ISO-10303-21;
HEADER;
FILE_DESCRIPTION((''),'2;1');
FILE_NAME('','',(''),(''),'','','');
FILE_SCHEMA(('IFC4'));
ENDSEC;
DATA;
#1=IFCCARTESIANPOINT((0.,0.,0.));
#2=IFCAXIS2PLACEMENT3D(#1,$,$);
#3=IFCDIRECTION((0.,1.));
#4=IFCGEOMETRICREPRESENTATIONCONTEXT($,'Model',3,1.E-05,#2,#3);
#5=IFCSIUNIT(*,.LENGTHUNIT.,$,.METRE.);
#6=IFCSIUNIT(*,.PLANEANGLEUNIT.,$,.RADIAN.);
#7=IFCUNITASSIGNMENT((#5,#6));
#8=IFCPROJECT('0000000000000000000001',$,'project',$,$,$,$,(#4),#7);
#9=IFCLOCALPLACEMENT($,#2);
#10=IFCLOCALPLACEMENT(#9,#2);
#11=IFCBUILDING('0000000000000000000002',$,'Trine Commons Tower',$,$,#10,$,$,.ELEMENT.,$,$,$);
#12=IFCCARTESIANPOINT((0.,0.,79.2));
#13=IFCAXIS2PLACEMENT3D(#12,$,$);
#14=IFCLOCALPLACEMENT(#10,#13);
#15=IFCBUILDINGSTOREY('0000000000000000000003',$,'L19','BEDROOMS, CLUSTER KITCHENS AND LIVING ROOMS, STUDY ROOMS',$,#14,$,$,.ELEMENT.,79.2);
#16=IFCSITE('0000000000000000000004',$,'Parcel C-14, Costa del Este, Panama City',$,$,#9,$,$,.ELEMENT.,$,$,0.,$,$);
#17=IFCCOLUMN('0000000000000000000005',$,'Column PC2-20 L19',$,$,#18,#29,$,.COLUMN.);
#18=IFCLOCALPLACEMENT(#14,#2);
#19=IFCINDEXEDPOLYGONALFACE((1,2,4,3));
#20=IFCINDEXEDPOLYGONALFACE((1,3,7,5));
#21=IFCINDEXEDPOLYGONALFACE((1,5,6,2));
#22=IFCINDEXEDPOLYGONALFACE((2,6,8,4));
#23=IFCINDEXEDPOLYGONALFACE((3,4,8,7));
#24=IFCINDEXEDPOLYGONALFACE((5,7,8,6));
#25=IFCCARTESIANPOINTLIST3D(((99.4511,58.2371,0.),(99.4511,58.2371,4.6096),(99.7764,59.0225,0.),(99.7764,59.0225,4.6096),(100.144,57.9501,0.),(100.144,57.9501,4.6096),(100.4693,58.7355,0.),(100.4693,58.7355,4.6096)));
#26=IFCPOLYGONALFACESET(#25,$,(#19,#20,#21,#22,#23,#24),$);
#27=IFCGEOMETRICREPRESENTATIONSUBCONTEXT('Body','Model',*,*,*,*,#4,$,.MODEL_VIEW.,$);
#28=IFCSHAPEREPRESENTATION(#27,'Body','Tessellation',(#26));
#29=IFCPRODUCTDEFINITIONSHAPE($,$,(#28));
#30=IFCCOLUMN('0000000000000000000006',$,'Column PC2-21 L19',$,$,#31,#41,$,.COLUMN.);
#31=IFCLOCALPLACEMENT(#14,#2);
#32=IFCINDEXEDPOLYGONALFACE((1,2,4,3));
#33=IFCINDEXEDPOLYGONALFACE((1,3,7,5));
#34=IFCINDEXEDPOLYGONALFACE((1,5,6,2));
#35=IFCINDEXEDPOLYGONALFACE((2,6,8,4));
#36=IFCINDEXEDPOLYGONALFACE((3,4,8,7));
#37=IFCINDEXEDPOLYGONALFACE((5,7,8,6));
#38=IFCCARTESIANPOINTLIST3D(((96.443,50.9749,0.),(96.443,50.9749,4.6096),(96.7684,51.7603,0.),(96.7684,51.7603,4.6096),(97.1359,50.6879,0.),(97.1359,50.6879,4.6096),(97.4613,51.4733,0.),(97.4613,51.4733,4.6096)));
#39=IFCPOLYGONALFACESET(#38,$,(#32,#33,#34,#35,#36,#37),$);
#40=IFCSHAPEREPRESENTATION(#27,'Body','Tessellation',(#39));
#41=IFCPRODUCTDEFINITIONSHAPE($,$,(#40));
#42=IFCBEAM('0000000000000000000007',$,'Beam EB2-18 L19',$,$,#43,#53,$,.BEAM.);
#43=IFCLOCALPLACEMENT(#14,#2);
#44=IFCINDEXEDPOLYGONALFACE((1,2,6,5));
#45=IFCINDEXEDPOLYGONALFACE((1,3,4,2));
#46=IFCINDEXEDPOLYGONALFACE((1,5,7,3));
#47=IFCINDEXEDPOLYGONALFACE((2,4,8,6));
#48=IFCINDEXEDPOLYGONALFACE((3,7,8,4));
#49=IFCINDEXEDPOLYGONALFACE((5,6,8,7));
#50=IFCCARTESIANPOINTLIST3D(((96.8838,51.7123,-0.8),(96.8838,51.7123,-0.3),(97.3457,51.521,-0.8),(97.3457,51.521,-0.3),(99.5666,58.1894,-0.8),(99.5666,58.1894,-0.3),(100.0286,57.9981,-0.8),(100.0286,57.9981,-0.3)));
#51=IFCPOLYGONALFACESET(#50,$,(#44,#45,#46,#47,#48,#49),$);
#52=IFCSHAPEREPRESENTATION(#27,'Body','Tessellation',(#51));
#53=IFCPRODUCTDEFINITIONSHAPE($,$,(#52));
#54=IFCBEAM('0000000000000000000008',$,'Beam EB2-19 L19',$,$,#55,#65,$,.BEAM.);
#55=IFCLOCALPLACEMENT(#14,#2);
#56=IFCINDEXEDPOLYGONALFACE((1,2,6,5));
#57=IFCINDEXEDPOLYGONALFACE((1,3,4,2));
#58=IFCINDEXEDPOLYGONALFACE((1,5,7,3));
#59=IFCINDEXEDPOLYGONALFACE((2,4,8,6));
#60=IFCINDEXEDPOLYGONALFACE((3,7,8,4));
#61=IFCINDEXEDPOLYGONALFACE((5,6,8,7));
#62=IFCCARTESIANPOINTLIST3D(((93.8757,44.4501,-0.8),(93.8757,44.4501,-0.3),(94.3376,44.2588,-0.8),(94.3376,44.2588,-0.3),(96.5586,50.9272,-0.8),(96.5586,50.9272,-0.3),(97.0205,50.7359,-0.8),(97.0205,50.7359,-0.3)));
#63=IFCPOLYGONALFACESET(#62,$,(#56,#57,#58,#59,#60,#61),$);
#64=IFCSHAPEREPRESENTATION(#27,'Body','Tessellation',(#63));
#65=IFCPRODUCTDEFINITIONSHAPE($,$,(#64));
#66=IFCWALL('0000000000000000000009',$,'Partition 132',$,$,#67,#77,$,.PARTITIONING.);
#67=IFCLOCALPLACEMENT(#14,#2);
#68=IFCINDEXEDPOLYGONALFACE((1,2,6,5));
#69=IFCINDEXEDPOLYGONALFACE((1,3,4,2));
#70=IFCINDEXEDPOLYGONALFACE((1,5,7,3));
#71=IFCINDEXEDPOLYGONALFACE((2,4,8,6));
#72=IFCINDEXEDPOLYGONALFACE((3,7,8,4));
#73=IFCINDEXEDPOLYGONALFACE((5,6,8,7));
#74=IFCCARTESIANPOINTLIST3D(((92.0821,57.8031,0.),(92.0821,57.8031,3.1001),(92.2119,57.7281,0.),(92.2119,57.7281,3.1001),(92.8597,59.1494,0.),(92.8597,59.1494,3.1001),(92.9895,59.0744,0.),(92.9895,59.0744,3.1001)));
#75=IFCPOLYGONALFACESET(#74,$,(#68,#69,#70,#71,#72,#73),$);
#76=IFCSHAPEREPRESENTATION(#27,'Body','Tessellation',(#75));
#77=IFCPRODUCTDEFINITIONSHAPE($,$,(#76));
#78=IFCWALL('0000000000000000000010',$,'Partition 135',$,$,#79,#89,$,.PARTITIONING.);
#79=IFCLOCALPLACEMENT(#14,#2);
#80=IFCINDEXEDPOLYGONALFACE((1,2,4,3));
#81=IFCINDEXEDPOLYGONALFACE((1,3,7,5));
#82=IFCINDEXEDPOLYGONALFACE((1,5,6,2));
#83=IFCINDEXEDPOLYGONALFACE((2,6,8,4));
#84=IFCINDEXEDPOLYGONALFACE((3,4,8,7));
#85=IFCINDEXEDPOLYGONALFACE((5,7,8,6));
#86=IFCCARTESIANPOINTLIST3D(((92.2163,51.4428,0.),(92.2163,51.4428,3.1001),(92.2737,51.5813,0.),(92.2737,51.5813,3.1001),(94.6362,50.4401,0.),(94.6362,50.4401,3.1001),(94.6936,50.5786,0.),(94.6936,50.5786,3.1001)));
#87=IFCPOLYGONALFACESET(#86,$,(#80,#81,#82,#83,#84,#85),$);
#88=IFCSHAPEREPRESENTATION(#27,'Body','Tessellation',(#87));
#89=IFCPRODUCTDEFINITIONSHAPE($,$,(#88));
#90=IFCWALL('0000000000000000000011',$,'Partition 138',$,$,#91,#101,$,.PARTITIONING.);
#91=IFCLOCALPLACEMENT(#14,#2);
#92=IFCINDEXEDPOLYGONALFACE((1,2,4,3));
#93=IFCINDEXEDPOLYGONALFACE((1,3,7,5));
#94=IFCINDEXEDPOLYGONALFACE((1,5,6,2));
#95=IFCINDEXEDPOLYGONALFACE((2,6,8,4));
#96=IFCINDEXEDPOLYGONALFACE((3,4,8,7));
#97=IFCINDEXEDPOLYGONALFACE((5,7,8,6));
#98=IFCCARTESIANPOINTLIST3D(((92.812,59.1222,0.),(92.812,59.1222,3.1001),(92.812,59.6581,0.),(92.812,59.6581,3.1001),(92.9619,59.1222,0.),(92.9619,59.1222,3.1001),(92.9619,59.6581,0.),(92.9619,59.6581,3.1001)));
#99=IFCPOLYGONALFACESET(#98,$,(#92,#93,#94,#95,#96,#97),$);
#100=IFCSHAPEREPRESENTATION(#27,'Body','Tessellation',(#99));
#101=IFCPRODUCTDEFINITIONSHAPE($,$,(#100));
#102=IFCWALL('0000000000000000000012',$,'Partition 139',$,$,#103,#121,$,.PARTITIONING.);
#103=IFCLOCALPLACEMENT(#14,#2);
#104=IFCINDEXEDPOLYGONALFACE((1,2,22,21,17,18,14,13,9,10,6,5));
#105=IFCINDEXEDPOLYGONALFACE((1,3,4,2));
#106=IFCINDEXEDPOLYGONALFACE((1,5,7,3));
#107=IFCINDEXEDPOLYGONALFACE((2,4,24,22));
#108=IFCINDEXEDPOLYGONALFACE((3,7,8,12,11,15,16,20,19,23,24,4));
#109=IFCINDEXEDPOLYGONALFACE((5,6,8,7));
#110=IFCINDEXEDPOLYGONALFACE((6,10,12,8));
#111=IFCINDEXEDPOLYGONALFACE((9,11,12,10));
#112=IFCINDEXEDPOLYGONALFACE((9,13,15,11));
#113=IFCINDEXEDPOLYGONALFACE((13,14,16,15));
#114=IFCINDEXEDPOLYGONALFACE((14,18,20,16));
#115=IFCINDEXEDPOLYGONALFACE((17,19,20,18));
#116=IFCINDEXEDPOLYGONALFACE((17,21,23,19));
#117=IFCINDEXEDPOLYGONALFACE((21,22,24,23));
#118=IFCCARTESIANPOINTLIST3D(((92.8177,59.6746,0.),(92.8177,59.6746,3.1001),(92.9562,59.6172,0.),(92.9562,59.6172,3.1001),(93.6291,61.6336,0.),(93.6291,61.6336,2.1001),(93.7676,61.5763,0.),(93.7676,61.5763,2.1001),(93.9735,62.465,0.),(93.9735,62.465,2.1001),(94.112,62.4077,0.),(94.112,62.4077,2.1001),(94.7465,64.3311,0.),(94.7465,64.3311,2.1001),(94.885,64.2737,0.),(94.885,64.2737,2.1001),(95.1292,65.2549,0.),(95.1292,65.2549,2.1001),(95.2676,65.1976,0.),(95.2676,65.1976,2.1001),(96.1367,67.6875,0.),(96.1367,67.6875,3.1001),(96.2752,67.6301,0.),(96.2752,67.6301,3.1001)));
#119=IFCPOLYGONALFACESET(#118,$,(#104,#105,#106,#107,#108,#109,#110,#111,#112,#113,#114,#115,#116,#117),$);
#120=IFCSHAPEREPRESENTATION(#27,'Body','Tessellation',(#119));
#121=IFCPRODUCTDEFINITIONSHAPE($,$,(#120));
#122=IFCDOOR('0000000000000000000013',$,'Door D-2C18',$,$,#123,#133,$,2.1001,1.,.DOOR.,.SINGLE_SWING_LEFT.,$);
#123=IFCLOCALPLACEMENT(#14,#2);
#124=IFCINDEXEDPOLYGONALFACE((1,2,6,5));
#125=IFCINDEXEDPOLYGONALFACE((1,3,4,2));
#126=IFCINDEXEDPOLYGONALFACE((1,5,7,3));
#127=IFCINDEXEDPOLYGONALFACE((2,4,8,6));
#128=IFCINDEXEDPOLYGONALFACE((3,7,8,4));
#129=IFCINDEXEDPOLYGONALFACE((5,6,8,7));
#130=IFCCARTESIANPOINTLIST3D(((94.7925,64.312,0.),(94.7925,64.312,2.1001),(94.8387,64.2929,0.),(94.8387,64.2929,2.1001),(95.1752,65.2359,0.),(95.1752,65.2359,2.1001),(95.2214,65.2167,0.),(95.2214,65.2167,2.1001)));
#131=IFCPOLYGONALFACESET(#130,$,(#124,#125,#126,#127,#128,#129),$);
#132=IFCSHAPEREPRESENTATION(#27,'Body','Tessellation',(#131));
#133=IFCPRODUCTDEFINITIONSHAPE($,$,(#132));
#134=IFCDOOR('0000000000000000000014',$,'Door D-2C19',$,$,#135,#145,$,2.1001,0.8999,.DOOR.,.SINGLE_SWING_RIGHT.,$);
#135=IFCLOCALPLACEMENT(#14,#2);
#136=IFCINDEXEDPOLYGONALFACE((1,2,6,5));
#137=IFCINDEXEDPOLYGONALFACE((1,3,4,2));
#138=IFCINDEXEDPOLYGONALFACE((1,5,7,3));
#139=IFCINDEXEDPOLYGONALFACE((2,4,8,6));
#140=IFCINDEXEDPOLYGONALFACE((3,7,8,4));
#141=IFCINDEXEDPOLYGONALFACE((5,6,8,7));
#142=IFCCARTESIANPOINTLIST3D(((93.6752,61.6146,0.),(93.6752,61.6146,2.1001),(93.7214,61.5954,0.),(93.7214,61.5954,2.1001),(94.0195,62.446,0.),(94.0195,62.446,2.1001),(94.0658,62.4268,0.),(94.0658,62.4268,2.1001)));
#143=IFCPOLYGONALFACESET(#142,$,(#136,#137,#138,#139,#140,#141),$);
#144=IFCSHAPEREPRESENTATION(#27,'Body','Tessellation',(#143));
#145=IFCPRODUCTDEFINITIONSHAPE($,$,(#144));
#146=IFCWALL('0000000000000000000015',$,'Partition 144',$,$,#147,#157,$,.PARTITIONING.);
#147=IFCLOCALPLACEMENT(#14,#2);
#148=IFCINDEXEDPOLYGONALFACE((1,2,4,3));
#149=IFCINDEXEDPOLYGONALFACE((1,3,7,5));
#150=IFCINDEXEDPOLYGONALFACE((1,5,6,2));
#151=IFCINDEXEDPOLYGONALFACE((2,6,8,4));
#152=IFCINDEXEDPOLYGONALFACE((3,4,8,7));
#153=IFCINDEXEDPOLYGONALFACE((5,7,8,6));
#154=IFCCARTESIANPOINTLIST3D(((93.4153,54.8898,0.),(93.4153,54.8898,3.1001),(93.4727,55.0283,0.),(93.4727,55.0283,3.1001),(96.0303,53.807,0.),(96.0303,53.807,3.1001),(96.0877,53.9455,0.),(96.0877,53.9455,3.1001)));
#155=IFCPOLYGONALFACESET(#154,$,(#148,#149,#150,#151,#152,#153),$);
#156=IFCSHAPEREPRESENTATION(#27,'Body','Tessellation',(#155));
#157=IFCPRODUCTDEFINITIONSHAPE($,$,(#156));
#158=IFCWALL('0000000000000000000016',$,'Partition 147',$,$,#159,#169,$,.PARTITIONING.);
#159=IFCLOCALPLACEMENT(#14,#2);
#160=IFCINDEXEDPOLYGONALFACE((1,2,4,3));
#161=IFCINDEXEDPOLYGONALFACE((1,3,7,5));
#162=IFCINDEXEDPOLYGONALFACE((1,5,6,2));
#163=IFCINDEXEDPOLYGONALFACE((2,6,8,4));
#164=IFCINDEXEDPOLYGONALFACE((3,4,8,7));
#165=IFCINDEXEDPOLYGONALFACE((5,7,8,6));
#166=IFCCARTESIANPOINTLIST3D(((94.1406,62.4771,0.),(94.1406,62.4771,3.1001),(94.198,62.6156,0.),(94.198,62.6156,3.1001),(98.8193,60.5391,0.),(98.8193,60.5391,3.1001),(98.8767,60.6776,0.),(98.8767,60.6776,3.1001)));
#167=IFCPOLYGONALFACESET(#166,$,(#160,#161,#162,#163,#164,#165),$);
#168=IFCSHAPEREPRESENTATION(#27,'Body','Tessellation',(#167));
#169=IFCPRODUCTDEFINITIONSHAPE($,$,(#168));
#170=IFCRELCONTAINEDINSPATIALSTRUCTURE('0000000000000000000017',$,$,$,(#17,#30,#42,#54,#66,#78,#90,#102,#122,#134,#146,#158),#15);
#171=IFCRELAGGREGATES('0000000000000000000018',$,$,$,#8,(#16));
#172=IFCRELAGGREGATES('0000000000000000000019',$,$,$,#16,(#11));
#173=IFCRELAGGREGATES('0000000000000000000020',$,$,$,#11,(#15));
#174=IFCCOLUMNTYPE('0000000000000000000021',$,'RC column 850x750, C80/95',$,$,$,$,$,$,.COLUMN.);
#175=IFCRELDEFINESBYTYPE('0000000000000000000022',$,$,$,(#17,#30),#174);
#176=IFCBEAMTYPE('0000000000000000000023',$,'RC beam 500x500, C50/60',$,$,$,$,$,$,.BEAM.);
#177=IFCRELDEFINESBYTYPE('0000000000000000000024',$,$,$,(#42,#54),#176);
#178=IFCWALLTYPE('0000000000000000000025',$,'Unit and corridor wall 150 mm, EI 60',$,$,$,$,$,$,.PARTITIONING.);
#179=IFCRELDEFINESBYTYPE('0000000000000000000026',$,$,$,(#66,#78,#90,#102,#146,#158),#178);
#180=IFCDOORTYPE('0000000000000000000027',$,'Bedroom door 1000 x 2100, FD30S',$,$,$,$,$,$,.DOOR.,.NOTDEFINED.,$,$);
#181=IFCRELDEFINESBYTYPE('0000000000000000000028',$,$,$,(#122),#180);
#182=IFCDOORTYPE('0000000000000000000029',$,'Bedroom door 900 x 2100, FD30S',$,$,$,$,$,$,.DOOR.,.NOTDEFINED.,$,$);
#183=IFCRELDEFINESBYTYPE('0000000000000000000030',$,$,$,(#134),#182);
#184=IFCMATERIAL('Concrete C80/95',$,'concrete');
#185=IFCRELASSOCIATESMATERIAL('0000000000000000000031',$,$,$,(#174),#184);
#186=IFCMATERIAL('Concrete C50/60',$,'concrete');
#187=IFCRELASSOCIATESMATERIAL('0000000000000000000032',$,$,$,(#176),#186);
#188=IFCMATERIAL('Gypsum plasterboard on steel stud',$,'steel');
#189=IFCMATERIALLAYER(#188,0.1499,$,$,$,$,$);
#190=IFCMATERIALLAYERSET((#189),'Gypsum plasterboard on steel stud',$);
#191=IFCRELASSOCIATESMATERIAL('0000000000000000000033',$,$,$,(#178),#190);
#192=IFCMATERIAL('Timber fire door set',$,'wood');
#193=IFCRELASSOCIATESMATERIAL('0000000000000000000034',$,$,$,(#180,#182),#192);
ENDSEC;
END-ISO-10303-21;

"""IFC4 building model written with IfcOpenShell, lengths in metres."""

from ifc_helpers import new_model, si_unit, direction, frame, frame_2d, origin, origin_2d, place, context, subcontext, project, spatial, rectangle, extrude, material, layer, layer_set, material_profile, profile_set, type_object, element, fill, save


model = new_model("IFC4")

# Units and contexts
model_context = context("Model", 3, precision=1e-05, world=origin(), true_north=direction((0.0, 1.0)))
body_context = subcontext(model_context, "Body", "Model", "MODEL_VIEW")
ifc_project = project(units=[si_unit("LENGTHUNIT", "METRE"), si_unit("PLANEANGLEUNIT", "RADIAN")], contexts=[model_context])

# Site, building, storey
site_placement = place(None, origin())
site = spatial("IfcSite", under=ifc_project, at=site_placement, Name="Parcel C-14, Costa del Este, Panama City", CompositionType="ELEMENT", RefElevation=0.0)
building_placement = place(site_placement, origin())
building = spatial("IfcBuilding", under=site, at=building_placement, Name="Trine Commons Tower", CompositionType="ELEMENT")
storey_placement = place(building_placement, frame((0.0, 0.0, 79.2)))
storey = spatial("IfcBuildingStorey", under=building, at=storey_placement, Name="L19", Description="BEDROOMS, CLUSTER KITCHENS AND LIVING ROOMS, STUDY ROOMS", CompositionType="ELEMENT", Elevation=79.2)

# Columns
ifc_material_1 = material(Name="Concrete C80/95", Category="concrete")
ifc_material_profile_1 = material_profile(ifc_material_1, rectangle(XDim=0.8501, YDim=0.75, at=origin_2d()), Name="RC 850x750")
ifc_profile_set_1 = profile_set([ifc_material_profile_1], Name="Concrete C80/95")
column_type = type_object("IfcColumnType", Name="RC column 850x750, C80/95", PredefinedType="COLUMN", material=ifc_profile_set_1)
for number, where, z_axis, x_axis, name in (
    (1, (99.9602, 58.4863, 0.0), (0.0, 0.0, 1.0), (0.382683, 0.92388, 0.0), "Column PC2-20 L19"),
    (2, (96.9521, 51.2241, 0.0), (0.0, 0.0, 1.0), (0.382683, 0.92388, 0.0), "Column PC2-21 L19"),
):
    element("IfcColumn", number, at=place(storey_placement, frame(where, z_axis=z_axis, x_axis=x_axis)), inside=storey, type_object=column_type, Name=name, PredefinedType="COLUMN", context=body_context, shape_type="SweptSolid", body=[
        extrude(rectangle(XDim=0.8501, YDim=0.75, at=origin_2d()), origin(), (0.0, 0.0, 1.0), 4.6096),
    ])

# Beams
ifc_material_2 = material(Name="Concrete C50/60", Category="concrete")
ifc_material_profile_2 = material_profile(ifc_material_2, rectangle(XDim=0.5, YDim=0.5, at=origin_2d()), Name="RC 500x500")
ifc_profile_set_2 = profile_set([ifc_material_profile_2], Name="Concrete C50/60")
beam_type = type_object("IfcBeamType", Name="RC beam 500x500, C50/60", PredefinedType="BEAM", material=ifc_profile_set_2)
for number, where, z_axis, x_axis, name in (
    (3, (99.7976, 58.0938, -0.55), (-0.382681, -0.923881, 0.0), (0.923881, -0.382681, 0.0), "Beam EB2-18 L19"),
    (4, (96.7896, 50.8315, -0.55), (-0.382681, -0.923881, 0.0), (0.923881, -0.382681, 0.0), "Beam EB2-19 L19"),
):
    element("IfcBeam", number, at=place(storey_placement, frame(where, z_axis=z_axis, x_axis=x_axis)), inside=storey, type_object=beam_type, Name=name, PredefinedType="BEAM", context=body_context, shape_type="SweptSolid", body=[
        extrude(rectangle(XDim=0.5, YDim=0.5, at=origin_2d()), origin(), (0.0, 0.0, 1.0), 7.0107),
    ])

# Walls
ifc_material_3 = material(Name="Gypsum plasterboard on steel stud", Category="steel")
ifc_layer_1 = layer(ifc_material_3, 0.1499)
ifc_layer_set_1 = layer_set([ifc_layer_1], Name="Gypsum plasterboard on steel stud")
wall_type_1 = type_object("IfcWallType", Name="Unit and corridor wall 150 mm, EI 60", PredefinedType="PARTITIONING", material=ifc_layer_set_1)
wall_1_placement = place(storey_placement, frame((92.147, 57.7656, 0.0), z_axis=(0.0, 0.0, 1.0), x_axis=(0.500176, 0.865924, 0.0)))
element("IfcWall", 5, at=wall_1_placement, inside=storey, type_object=wall_type_1, Name="Partition 132", PredefinedType="PARTITIONING", context=body_context, shape_type="SweptSolid", body=[
    extrude(rectangle(XDim=1.5547, YDim=0.1499, at=frame_2d((0.7773, 0.0))), origin(), (0.0, 0.0, 1.0), 3.1001),
])
wall_2_placement = place(storey_placement, frame((92.2451, 51.512, 0.0), z_axis=(0.0, 0.0, 1.0), x_axis=(0.923836, -0.382788, 0.0)))
element("IfcWall", 6, at=wall_2_placement, inside=storey, type_object=wall_type_1, Name="Partition 135", PredefinedType="PARTITIONING", context=body_context, shape_type="SweptSolid", body=[
    extrude(rectangle(XDim=2.6194, YDim=0.1499, at=frame_2d((1.3096, 0.0))), origin(), (0.0, 0.0, 1.0), 3.1001),
])
wall_3_placement = place(storey_placement, frame((92.887, 59.1221, 0.0), z_axis=(0.0, 0.0, 1.0), x_axis=(0.0, 1.0, 0.0)))
element("IfcWall", 7, at=wall_3_placement, inside=storey, type_object=wall_type_1, Name="Partition 138", PredefinedType="PARTITIONING", context=body_context, shape_type="SweptSolid", body=[
    extrude(rectangle(XDim=0.5359, YDim=0.1499, at=frame_2d((0.2681, 0.0))), origin(), (0.0, 0.0, 1.0), 3.1001),
])

# Wall, openings, doors
wall_4_placement = place(storey_placement, frame((92.887, 59.646, 0.0), z_axis=(0.0, 0.0, 1.0), x_axis=(0.382686, 0.923879, 0.0)))
wall_4 = element("IfcWall", 8, at=wall_4_placement, inside=storey, type_object=wall_type_1, Name="Partition 139", PredefinedType="PARTITIONING", context=body_context, shape_type="SweptSolid", body=[
    extrude(rectangle(XDim=8.6731, YDim=0.1499, at=frame_2d((4.3364, 0.0))), origin(), (0.0, 0.0, 1.0), 3.1001),
])
opening_1_placement = place(wall_4_placement, frame((5.04, 0.0, 0.0)))
opening_1 = element("IfcOpeningElement", 9, at=opening_1_placement, cuts=wall_4, PredefinedType="OPENING", context=body_context, shape_type="SweptSolid", body=[
    extrude(rectangle(XDim=1.0, YDim=2.1001, at=frame_2d((0.5, 1.05))), frame((0.0, 0.085, 0.0), z_axis=(0.0, -1.0, 0.0), x_axis=(1.0, 0.0, 0.0)), (0.0, 0.0, 1.0), 0.1699),
])
opening_2_placement = place(wall_4_placement, frame((2.1204, 0.0, 0.0)))
opening_2 = element("IfcOpeningElement", 10, at=opening_2_placement, cuts=wall_4, PredefinedType="OPENING", context=body_context, shape_type="SweptSolid", body=[
    extrude(rectangle(XDim=0.8999, YDim=2.1001, at=frame_2d((0.45, 1.05))), frame((0.0, 0.085, 0.0), z_axis=(0.0, -1.0, 0.0), x_axis=(1.0, 0.0, 0.0)), (0.0, 0.0, 1.0), 0.1699),
])
ifc_material_4 = material(Name="Timber fire door set", Category="wood")
door_type_1 = type_object("IfcDoorType", Name="Bedroom door 1000 x 2100, FD30S", OperationType="NOTDEFINED", PredefinedType="DOOR", material=ifc_material_4)
door_1_placement = place(opening_1_placement, frame((1.0, 0.0, 0.0), z_axis=(0.0, 0.0, 1.0), x_axis=(-1.0, 0.0, 0.0)))
door_1 = element("IfcDoor", 11, at=door_1_placement, inside=storey, type_object=door_type_1, Name="Door D-2C18", OperationType="SINGLE_SWING_LEFT", OverallHeight=2.1001, OverallWidth=1.0, PredefinedType="DOOR", context=body_context, shape_type="SweptSolid", body=[
    extrude(rectangle(XDim=1.0, YDim=2.1001, at=frame_2d((0.5, 1.05))), frame((0.0, 0.0249, 0.0), z_axis=(0.0, -1.0, 0.0), x_axis=(1.0, 0.0, 0.0)), (0.0, 0.0, 1.0), 0.05),
])
fill(opening_1, door_1)
door_type_2 = type_object("IfcDoorType", Name="Bedroom door 900 x 2100, FD30S", OperationType="NOTDEFINED", PredefinedType="DOOR", material=ifc_material_4)
door_2_placement = place(opening_2_placement, frame((0.8999, 0.0, 0.0), z_axis=(0.0, 0.0, 1.0), x_axis=(-1.0, 0.0, 0.0)))
door_2 = element("IfcDoor", 12, at=door_2_placement, inside=storey, type_object=door_type_2, Name="Door D-2C19", OperationType="SINGLE_SWING_RIGHT", OverallHeight=2.1001, OverallWidth=0.8999, PredefinedType="DOOR", context=body_context, shape_type="SweptSolid", body=[
    extrude(rectangle(XDim=0.8999, YDim=2.1001, at=frame_2d((0.45, 1.05))), frame((0.0, 0.0249, 0.0), z_axis=(0.0, -1.0, 0.0), x_axis=(1.0, 0.0, 0.0)), (0.0, 0.0, 1.0), 0.05),
])
fill(opening_2, door_2)

# Walls
wall_5_placement = place(storey_placement, frame((93.4441, 54.959, 0.0), z_axis=(0.0, 0.0, 1.0), x_axis=(0.92393, -0.382563, 0.0)))
element("IfcWall", 13, at=wall_5_placement, inside=storey, type_object=wall_type_1, Name="Partition 144", PredefinedType="PARTITIONING", context=body_context, shape_type="SweptSolid", body=[
    extrude(rectangle(XDim=2.8303, YDim=0.1499, at=frame_2d((1.415, 0.0))), origin(), (0.0, 0.0, 1.0), 3.1001),
])
wall_6_placement = place(storey_placement, frame((94.1692, 62.5464, 0.0), z_axis=(0.0, 0.0, 1.0), x_axis=(0.923879, -0.382684, 0.0)))
element("IfcWall", 14, at=wall_6_placement, inside=storey, type_object=wall_type_1, Name="Partition 147", PredefinedType="PARTITIONING", context=body_context, shape_type="SweptSolid", body=[
    extrude(rectangle(XDim=5.0642, YDim=0.1499, at=frame_2d((2.5322, 0.0))), origin(), (0.0, 0.0, 1.0), 3.1001),
])

save(model, "model.ifc")
